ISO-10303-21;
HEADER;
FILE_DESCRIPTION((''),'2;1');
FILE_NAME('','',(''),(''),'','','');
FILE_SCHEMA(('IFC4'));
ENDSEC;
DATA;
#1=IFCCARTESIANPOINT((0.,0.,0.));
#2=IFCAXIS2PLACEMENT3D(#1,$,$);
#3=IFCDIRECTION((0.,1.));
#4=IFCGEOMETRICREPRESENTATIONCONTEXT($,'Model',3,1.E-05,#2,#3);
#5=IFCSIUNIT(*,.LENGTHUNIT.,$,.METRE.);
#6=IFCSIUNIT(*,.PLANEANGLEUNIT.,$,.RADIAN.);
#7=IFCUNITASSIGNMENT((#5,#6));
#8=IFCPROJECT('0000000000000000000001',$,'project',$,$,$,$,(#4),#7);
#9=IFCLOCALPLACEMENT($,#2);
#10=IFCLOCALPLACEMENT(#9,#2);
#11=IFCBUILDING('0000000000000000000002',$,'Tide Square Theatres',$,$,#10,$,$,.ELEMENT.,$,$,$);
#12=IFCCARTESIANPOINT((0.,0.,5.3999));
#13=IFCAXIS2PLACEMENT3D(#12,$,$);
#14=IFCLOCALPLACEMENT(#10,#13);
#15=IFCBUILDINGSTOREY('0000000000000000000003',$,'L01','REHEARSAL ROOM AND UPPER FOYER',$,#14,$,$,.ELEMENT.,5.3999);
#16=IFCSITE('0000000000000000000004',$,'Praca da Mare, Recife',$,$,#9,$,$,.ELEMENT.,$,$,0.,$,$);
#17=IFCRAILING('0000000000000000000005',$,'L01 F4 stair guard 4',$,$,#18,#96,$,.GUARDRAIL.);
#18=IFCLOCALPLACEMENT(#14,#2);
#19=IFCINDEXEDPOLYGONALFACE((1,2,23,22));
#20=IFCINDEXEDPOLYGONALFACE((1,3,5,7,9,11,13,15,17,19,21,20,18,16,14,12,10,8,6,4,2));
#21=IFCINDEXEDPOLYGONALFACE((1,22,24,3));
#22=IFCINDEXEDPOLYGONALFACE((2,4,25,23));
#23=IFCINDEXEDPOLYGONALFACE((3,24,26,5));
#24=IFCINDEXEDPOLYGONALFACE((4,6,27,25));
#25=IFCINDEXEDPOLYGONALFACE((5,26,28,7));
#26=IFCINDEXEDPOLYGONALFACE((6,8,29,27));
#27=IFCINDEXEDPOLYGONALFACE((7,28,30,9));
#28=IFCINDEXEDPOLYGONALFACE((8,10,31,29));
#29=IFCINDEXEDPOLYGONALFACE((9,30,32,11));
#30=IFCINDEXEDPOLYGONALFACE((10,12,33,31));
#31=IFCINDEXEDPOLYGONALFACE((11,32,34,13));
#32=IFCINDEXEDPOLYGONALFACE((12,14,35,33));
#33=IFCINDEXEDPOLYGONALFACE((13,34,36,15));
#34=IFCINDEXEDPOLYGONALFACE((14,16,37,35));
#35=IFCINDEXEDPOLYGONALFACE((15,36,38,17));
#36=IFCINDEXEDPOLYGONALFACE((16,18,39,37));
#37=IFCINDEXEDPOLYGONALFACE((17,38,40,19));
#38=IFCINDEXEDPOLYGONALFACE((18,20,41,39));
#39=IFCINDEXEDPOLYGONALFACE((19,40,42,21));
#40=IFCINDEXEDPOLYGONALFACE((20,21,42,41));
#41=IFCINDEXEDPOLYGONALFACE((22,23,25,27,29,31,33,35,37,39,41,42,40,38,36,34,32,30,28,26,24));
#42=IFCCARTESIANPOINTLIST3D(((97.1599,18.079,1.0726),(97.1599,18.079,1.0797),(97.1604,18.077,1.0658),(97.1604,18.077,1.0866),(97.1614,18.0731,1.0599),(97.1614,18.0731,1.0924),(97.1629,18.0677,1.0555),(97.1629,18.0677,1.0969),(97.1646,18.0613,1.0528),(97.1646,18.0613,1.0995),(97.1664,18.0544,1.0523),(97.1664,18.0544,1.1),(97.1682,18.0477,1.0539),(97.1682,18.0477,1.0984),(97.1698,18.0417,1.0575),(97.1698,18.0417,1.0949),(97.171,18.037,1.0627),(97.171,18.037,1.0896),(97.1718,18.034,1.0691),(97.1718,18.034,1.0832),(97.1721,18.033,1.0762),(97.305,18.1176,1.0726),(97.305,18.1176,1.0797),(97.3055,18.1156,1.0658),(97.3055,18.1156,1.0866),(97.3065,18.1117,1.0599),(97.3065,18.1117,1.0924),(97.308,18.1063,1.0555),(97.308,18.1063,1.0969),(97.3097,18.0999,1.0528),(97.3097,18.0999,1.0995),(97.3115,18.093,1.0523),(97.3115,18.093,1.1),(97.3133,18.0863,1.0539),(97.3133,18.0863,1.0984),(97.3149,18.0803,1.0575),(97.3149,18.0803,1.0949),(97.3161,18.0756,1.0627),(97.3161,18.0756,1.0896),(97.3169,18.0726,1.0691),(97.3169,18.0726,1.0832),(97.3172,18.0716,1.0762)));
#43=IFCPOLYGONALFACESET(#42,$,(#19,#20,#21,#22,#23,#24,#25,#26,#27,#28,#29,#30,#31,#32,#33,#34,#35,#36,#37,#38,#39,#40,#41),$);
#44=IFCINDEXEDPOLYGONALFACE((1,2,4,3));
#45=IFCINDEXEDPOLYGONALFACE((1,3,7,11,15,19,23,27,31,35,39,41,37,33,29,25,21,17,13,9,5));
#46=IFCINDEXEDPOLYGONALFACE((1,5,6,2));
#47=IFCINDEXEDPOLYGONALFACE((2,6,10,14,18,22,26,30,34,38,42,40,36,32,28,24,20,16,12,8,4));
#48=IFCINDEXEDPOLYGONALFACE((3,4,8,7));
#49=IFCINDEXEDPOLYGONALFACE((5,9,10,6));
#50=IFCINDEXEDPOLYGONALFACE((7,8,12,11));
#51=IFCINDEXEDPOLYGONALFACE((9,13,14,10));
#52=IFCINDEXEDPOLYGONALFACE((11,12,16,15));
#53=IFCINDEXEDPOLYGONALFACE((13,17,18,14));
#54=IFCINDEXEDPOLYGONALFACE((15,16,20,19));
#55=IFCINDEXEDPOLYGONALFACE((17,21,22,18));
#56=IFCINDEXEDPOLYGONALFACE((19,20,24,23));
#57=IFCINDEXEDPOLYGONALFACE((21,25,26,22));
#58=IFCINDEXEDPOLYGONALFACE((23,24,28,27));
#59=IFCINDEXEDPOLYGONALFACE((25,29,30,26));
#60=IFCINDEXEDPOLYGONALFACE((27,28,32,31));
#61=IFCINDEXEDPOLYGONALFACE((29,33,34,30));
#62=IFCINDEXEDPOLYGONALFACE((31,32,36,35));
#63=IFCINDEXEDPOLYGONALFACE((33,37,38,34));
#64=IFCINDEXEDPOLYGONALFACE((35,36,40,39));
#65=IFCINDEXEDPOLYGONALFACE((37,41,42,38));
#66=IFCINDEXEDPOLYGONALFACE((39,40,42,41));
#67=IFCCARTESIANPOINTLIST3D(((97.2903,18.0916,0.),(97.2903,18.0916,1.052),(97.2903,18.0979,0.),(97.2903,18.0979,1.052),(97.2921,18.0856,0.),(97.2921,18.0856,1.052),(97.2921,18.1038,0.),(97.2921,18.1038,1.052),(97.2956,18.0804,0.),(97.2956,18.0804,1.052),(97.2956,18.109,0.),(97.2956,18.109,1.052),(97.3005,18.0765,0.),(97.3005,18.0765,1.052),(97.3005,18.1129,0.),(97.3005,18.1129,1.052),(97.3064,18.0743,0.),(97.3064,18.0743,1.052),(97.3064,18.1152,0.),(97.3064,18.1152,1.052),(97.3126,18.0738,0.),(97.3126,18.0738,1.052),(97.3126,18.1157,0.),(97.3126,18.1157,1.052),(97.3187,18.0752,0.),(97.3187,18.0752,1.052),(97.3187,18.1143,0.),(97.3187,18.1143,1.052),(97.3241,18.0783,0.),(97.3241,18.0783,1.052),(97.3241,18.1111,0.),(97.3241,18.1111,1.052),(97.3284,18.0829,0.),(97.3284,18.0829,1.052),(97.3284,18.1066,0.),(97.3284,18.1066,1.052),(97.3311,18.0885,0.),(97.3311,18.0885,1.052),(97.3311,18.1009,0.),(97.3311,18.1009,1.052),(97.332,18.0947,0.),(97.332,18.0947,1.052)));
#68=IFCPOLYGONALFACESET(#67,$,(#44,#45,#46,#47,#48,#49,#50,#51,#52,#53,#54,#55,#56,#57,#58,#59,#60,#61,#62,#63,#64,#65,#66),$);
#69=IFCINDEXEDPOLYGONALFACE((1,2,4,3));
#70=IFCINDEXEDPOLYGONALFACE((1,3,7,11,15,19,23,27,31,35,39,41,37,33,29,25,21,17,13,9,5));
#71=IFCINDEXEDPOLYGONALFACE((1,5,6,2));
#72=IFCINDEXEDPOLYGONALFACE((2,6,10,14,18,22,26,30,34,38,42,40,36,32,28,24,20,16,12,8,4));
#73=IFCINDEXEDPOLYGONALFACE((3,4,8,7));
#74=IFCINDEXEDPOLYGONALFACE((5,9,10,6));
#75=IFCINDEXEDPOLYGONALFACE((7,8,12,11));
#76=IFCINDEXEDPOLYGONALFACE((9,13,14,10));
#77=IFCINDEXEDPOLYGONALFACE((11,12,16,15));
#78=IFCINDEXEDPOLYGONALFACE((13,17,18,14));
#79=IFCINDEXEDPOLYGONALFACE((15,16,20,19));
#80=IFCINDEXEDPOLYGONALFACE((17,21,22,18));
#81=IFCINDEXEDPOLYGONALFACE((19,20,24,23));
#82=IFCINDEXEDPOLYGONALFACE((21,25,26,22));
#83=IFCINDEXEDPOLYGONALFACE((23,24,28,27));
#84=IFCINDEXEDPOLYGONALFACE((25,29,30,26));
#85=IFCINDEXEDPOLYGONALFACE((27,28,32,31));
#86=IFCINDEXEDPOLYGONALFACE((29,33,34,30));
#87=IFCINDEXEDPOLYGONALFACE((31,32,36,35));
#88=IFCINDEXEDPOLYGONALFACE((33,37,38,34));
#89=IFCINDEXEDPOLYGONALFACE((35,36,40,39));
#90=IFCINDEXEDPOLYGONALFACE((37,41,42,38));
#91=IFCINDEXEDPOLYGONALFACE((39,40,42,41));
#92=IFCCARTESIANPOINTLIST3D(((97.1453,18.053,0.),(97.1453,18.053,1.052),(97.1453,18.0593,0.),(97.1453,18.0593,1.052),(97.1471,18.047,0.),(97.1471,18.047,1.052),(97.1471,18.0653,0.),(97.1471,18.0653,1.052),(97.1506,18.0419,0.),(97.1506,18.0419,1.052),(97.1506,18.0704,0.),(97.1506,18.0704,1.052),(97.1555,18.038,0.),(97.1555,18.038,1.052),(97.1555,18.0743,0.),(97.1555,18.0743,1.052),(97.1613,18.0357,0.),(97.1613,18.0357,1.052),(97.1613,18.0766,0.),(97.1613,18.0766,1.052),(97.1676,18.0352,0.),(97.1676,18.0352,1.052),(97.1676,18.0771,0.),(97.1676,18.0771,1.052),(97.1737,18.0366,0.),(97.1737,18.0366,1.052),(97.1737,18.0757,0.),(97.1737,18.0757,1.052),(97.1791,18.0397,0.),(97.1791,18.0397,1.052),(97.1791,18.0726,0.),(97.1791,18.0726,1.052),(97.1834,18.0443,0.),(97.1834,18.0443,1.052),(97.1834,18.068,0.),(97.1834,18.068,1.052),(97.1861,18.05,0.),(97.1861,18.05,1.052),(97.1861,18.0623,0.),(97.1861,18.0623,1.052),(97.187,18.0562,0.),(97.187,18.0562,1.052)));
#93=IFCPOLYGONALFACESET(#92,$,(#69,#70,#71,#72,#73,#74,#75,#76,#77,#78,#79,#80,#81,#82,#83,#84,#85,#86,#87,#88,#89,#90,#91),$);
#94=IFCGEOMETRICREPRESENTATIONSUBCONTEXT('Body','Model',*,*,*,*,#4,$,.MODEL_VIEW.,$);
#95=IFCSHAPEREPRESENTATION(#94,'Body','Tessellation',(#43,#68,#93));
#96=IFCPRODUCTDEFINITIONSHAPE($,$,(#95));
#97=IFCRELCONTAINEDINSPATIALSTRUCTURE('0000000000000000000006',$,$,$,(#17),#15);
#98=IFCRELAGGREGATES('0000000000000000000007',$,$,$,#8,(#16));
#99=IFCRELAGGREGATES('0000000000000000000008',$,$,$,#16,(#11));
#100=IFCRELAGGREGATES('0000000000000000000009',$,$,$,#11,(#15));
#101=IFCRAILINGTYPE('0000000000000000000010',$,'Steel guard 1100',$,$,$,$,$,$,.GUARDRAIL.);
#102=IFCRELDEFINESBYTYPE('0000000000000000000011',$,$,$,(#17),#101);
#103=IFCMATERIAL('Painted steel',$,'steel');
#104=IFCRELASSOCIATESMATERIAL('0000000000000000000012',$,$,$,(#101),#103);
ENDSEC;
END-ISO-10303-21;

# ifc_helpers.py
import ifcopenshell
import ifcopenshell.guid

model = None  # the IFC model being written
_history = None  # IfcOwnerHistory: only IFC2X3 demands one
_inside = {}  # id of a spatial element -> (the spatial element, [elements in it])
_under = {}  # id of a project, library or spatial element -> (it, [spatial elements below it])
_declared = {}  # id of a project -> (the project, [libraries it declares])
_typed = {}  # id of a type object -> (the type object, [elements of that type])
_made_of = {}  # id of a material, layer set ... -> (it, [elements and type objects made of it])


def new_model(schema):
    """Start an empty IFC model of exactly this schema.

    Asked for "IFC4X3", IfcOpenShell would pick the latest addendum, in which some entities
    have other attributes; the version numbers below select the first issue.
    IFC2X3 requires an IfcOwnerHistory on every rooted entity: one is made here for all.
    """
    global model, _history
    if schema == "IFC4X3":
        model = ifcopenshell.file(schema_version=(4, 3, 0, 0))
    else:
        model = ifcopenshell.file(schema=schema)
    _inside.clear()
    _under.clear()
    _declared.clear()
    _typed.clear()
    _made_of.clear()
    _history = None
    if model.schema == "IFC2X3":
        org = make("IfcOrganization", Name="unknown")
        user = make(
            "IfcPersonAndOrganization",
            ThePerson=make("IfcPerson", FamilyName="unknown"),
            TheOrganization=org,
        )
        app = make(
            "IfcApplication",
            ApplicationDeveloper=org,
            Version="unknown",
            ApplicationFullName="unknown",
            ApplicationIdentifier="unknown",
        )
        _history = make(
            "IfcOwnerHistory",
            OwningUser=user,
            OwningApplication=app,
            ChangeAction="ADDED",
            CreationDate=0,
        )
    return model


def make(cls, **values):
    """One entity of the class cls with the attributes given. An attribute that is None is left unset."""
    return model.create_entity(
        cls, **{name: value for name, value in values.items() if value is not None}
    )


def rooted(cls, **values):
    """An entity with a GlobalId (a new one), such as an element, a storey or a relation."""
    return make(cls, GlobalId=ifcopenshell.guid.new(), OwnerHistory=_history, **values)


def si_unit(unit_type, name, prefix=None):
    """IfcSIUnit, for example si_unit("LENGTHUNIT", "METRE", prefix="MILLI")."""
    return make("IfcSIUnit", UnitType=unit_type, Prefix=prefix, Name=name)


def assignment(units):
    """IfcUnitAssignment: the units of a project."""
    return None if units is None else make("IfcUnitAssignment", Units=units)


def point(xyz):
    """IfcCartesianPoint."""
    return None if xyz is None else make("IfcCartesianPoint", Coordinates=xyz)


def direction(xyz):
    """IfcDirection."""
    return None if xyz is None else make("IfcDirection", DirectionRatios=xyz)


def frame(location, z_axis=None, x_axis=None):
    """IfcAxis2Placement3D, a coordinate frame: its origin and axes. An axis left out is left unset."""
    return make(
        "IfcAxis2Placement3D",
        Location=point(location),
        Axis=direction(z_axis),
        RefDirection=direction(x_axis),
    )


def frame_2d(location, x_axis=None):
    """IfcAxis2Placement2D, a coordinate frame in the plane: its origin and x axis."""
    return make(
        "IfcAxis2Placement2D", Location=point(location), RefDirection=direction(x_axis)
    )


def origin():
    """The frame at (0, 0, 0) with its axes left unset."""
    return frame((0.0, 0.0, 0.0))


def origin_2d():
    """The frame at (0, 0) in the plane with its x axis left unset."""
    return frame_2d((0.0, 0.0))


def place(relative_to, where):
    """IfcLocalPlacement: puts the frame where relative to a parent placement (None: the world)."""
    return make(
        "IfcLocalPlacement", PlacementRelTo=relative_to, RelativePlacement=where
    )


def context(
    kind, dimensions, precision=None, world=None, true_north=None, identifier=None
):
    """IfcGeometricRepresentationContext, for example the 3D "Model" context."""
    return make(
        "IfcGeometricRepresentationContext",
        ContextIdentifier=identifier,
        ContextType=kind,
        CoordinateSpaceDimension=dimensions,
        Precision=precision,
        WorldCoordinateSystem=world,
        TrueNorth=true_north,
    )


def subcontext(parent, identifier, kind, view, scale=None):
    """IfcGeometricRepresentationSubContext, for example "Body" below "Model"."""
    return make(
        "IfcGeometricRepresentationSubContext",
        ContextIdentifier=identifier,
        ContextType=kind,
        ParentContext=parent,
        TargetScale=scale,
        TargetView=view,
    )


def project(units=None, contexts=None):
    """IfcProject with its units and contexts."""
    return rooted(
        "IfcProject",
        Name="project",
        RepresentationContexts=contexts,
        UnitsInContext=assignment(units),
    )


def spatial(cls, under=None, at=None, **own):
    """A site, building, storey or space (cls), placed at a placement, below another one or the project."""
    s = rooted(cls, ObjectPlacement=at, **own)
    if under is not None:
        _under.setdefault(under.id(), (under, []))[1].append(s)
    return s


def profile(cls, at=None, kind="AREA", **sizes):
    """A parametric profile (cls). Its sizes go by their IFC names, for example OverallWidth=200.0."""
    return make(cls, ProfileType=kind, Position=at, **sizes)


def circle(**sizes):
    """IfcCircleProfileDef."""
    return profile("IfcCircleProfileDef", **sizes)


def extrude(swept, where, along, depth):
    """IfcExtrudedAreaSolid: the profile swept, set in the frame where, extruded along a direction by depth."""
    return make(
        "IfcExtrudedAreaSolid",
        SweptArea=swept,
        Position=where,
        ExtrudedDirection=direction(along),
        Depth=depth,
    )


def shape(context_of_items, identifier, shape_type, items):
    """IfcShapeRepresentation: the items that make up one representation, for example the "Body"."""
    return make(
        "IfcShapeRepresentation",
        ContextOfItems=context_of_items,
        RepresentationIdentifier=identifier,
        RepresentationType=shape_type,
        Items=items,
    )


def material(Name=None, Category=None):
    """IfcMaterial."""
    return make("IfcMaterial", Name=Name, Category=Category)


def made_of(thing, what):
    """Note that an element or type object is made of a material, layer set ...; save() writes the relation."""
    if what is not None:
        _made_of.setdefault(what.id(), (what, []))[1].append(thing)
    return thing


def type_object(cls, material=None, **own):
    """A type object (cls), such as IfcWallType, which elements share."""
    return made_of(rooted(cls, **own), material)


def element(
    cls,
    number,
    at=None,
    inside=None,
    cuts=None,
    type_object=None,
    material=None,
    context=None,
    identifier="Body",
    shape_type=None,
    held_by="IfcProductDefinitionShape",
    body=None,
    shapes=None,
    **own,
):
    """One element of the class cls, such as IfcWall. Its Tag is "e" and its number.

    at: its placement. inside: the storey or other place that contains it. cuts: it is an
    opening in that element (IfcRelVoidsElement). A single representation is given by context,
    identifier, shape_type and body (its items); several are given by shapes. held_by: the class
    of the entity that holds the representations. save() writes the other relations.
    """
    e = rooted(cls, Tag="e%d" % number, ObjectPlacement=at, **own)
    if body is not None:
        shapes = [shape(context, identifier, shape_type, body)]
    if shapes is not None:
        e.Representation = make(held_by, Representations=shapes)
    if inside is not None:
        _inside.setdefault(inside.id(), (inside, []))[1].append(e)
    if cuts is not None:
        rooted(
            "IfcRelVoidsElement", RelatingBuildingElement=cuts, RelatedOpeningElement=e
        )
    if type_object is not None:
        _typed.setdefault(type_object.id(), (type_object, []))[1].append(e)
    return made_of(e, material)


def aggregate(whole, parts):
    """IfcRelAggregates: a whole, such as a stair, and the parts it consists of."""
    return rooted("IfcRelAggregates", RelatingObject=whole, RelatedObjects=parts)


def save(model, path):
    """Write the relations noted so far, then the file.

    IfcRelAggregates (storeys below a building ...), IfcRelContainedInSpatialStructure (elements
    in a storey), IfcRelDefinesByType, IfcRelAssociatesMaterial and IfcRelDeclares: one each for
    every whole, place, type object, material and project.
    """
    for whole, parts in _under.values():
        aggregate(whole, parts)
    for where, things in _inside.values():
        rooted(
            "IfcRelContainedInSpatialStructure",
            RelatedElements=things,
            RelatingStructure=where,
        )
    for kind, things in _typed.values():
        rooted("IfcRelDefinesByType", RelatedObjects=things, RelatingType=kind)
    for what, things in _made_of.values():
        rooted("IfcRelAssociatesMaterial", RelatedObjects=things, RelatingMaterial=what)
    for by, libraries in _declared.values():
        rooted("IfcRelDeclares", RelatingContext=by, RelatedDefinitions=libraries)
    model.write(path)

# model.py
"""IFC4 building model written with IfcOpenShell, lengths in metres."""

from ifc_helpers import new_model, si_unit, direction, frame, origin, origin_2d, place, context, subcontext, project, spatial, circle, extrude, material, type_object, element, save


model = new_model("IFC4")

# Units and contexts
model_context = context("Model", 3, precision=1e-05, world=origin(), true_north=direction((0.0, 1.0)))
body_context = subcontext(model_context, "Body", "Model", "MODEL_VIEW")
ifc_project = project(units=[si_unit("LENGTHUNIT", "METRE"), si_unit("PLANEANGLEUNIT", "RADIAN")], contexts=[model_context])

# Site, building, storey
site_placement = place(None, origin())
site = spatial("IfcSite", under=ifc_project, at=site_placement, Name="Praca da Mare, Recife", CompositionType="ELEMENT", RefElevation=0.0)
building_placement = place(site_placement, origin())
building = spatial("IfcBuilding", under=site, at=building_placement, Name="Tide Square Theatres", CompositionType="ELEMENT")
storey_placement = place(building_placement, frame((0.0, 0.0, 5.3999)))
storey = spatial("IfcBuildingStorey", under=building, at=storey_placement, Name="L01", Description="REHEARSAL ROOM AND UPPER FOYER", CompositionType="ELEMENT", Elevation=5.3999)

# Railing
ifc_material_1 = material(Name="Painted steel", Category="steel")
railing_type = type_object("IfcRailingType", Name="Steel guard 1100", PredefinedType="GUARDRAIL", material=ifc_material_1)
railing_placement = place(storey_placement, frame((97.311, 18.0947, 0.0)))
element("IfcRailing", 1, at=railing_placement, inside=storey, type_object=railing_type, Name="L01 F4 stair guard 4", PredefinedType="GUARDRAIL", context=body_context, shape_type="SweptSolid", body=[
    extrude(circle(Radius=0.0239, at=origin_2d()), frame((0.0, 0.0, 1.0762), z_axis=(-0.966397, -0.257055, 0.0), x_axis=(0.257055, -0.966397, 0.0)), (0.0, 0.0, 1.0), 0.1501),
    extrude(circle(Radius=0.021, at=origin_2d()), origin(), (0.0, 0.0, 1.0), 1.052),
    extrude(circle(Radius=0.021, at=origin_2d()), frame((-0.145, -0.0386, 0.0)), (0.0, 0.0, 1.0), 1.052),
])

save(model, "model.ifc")
